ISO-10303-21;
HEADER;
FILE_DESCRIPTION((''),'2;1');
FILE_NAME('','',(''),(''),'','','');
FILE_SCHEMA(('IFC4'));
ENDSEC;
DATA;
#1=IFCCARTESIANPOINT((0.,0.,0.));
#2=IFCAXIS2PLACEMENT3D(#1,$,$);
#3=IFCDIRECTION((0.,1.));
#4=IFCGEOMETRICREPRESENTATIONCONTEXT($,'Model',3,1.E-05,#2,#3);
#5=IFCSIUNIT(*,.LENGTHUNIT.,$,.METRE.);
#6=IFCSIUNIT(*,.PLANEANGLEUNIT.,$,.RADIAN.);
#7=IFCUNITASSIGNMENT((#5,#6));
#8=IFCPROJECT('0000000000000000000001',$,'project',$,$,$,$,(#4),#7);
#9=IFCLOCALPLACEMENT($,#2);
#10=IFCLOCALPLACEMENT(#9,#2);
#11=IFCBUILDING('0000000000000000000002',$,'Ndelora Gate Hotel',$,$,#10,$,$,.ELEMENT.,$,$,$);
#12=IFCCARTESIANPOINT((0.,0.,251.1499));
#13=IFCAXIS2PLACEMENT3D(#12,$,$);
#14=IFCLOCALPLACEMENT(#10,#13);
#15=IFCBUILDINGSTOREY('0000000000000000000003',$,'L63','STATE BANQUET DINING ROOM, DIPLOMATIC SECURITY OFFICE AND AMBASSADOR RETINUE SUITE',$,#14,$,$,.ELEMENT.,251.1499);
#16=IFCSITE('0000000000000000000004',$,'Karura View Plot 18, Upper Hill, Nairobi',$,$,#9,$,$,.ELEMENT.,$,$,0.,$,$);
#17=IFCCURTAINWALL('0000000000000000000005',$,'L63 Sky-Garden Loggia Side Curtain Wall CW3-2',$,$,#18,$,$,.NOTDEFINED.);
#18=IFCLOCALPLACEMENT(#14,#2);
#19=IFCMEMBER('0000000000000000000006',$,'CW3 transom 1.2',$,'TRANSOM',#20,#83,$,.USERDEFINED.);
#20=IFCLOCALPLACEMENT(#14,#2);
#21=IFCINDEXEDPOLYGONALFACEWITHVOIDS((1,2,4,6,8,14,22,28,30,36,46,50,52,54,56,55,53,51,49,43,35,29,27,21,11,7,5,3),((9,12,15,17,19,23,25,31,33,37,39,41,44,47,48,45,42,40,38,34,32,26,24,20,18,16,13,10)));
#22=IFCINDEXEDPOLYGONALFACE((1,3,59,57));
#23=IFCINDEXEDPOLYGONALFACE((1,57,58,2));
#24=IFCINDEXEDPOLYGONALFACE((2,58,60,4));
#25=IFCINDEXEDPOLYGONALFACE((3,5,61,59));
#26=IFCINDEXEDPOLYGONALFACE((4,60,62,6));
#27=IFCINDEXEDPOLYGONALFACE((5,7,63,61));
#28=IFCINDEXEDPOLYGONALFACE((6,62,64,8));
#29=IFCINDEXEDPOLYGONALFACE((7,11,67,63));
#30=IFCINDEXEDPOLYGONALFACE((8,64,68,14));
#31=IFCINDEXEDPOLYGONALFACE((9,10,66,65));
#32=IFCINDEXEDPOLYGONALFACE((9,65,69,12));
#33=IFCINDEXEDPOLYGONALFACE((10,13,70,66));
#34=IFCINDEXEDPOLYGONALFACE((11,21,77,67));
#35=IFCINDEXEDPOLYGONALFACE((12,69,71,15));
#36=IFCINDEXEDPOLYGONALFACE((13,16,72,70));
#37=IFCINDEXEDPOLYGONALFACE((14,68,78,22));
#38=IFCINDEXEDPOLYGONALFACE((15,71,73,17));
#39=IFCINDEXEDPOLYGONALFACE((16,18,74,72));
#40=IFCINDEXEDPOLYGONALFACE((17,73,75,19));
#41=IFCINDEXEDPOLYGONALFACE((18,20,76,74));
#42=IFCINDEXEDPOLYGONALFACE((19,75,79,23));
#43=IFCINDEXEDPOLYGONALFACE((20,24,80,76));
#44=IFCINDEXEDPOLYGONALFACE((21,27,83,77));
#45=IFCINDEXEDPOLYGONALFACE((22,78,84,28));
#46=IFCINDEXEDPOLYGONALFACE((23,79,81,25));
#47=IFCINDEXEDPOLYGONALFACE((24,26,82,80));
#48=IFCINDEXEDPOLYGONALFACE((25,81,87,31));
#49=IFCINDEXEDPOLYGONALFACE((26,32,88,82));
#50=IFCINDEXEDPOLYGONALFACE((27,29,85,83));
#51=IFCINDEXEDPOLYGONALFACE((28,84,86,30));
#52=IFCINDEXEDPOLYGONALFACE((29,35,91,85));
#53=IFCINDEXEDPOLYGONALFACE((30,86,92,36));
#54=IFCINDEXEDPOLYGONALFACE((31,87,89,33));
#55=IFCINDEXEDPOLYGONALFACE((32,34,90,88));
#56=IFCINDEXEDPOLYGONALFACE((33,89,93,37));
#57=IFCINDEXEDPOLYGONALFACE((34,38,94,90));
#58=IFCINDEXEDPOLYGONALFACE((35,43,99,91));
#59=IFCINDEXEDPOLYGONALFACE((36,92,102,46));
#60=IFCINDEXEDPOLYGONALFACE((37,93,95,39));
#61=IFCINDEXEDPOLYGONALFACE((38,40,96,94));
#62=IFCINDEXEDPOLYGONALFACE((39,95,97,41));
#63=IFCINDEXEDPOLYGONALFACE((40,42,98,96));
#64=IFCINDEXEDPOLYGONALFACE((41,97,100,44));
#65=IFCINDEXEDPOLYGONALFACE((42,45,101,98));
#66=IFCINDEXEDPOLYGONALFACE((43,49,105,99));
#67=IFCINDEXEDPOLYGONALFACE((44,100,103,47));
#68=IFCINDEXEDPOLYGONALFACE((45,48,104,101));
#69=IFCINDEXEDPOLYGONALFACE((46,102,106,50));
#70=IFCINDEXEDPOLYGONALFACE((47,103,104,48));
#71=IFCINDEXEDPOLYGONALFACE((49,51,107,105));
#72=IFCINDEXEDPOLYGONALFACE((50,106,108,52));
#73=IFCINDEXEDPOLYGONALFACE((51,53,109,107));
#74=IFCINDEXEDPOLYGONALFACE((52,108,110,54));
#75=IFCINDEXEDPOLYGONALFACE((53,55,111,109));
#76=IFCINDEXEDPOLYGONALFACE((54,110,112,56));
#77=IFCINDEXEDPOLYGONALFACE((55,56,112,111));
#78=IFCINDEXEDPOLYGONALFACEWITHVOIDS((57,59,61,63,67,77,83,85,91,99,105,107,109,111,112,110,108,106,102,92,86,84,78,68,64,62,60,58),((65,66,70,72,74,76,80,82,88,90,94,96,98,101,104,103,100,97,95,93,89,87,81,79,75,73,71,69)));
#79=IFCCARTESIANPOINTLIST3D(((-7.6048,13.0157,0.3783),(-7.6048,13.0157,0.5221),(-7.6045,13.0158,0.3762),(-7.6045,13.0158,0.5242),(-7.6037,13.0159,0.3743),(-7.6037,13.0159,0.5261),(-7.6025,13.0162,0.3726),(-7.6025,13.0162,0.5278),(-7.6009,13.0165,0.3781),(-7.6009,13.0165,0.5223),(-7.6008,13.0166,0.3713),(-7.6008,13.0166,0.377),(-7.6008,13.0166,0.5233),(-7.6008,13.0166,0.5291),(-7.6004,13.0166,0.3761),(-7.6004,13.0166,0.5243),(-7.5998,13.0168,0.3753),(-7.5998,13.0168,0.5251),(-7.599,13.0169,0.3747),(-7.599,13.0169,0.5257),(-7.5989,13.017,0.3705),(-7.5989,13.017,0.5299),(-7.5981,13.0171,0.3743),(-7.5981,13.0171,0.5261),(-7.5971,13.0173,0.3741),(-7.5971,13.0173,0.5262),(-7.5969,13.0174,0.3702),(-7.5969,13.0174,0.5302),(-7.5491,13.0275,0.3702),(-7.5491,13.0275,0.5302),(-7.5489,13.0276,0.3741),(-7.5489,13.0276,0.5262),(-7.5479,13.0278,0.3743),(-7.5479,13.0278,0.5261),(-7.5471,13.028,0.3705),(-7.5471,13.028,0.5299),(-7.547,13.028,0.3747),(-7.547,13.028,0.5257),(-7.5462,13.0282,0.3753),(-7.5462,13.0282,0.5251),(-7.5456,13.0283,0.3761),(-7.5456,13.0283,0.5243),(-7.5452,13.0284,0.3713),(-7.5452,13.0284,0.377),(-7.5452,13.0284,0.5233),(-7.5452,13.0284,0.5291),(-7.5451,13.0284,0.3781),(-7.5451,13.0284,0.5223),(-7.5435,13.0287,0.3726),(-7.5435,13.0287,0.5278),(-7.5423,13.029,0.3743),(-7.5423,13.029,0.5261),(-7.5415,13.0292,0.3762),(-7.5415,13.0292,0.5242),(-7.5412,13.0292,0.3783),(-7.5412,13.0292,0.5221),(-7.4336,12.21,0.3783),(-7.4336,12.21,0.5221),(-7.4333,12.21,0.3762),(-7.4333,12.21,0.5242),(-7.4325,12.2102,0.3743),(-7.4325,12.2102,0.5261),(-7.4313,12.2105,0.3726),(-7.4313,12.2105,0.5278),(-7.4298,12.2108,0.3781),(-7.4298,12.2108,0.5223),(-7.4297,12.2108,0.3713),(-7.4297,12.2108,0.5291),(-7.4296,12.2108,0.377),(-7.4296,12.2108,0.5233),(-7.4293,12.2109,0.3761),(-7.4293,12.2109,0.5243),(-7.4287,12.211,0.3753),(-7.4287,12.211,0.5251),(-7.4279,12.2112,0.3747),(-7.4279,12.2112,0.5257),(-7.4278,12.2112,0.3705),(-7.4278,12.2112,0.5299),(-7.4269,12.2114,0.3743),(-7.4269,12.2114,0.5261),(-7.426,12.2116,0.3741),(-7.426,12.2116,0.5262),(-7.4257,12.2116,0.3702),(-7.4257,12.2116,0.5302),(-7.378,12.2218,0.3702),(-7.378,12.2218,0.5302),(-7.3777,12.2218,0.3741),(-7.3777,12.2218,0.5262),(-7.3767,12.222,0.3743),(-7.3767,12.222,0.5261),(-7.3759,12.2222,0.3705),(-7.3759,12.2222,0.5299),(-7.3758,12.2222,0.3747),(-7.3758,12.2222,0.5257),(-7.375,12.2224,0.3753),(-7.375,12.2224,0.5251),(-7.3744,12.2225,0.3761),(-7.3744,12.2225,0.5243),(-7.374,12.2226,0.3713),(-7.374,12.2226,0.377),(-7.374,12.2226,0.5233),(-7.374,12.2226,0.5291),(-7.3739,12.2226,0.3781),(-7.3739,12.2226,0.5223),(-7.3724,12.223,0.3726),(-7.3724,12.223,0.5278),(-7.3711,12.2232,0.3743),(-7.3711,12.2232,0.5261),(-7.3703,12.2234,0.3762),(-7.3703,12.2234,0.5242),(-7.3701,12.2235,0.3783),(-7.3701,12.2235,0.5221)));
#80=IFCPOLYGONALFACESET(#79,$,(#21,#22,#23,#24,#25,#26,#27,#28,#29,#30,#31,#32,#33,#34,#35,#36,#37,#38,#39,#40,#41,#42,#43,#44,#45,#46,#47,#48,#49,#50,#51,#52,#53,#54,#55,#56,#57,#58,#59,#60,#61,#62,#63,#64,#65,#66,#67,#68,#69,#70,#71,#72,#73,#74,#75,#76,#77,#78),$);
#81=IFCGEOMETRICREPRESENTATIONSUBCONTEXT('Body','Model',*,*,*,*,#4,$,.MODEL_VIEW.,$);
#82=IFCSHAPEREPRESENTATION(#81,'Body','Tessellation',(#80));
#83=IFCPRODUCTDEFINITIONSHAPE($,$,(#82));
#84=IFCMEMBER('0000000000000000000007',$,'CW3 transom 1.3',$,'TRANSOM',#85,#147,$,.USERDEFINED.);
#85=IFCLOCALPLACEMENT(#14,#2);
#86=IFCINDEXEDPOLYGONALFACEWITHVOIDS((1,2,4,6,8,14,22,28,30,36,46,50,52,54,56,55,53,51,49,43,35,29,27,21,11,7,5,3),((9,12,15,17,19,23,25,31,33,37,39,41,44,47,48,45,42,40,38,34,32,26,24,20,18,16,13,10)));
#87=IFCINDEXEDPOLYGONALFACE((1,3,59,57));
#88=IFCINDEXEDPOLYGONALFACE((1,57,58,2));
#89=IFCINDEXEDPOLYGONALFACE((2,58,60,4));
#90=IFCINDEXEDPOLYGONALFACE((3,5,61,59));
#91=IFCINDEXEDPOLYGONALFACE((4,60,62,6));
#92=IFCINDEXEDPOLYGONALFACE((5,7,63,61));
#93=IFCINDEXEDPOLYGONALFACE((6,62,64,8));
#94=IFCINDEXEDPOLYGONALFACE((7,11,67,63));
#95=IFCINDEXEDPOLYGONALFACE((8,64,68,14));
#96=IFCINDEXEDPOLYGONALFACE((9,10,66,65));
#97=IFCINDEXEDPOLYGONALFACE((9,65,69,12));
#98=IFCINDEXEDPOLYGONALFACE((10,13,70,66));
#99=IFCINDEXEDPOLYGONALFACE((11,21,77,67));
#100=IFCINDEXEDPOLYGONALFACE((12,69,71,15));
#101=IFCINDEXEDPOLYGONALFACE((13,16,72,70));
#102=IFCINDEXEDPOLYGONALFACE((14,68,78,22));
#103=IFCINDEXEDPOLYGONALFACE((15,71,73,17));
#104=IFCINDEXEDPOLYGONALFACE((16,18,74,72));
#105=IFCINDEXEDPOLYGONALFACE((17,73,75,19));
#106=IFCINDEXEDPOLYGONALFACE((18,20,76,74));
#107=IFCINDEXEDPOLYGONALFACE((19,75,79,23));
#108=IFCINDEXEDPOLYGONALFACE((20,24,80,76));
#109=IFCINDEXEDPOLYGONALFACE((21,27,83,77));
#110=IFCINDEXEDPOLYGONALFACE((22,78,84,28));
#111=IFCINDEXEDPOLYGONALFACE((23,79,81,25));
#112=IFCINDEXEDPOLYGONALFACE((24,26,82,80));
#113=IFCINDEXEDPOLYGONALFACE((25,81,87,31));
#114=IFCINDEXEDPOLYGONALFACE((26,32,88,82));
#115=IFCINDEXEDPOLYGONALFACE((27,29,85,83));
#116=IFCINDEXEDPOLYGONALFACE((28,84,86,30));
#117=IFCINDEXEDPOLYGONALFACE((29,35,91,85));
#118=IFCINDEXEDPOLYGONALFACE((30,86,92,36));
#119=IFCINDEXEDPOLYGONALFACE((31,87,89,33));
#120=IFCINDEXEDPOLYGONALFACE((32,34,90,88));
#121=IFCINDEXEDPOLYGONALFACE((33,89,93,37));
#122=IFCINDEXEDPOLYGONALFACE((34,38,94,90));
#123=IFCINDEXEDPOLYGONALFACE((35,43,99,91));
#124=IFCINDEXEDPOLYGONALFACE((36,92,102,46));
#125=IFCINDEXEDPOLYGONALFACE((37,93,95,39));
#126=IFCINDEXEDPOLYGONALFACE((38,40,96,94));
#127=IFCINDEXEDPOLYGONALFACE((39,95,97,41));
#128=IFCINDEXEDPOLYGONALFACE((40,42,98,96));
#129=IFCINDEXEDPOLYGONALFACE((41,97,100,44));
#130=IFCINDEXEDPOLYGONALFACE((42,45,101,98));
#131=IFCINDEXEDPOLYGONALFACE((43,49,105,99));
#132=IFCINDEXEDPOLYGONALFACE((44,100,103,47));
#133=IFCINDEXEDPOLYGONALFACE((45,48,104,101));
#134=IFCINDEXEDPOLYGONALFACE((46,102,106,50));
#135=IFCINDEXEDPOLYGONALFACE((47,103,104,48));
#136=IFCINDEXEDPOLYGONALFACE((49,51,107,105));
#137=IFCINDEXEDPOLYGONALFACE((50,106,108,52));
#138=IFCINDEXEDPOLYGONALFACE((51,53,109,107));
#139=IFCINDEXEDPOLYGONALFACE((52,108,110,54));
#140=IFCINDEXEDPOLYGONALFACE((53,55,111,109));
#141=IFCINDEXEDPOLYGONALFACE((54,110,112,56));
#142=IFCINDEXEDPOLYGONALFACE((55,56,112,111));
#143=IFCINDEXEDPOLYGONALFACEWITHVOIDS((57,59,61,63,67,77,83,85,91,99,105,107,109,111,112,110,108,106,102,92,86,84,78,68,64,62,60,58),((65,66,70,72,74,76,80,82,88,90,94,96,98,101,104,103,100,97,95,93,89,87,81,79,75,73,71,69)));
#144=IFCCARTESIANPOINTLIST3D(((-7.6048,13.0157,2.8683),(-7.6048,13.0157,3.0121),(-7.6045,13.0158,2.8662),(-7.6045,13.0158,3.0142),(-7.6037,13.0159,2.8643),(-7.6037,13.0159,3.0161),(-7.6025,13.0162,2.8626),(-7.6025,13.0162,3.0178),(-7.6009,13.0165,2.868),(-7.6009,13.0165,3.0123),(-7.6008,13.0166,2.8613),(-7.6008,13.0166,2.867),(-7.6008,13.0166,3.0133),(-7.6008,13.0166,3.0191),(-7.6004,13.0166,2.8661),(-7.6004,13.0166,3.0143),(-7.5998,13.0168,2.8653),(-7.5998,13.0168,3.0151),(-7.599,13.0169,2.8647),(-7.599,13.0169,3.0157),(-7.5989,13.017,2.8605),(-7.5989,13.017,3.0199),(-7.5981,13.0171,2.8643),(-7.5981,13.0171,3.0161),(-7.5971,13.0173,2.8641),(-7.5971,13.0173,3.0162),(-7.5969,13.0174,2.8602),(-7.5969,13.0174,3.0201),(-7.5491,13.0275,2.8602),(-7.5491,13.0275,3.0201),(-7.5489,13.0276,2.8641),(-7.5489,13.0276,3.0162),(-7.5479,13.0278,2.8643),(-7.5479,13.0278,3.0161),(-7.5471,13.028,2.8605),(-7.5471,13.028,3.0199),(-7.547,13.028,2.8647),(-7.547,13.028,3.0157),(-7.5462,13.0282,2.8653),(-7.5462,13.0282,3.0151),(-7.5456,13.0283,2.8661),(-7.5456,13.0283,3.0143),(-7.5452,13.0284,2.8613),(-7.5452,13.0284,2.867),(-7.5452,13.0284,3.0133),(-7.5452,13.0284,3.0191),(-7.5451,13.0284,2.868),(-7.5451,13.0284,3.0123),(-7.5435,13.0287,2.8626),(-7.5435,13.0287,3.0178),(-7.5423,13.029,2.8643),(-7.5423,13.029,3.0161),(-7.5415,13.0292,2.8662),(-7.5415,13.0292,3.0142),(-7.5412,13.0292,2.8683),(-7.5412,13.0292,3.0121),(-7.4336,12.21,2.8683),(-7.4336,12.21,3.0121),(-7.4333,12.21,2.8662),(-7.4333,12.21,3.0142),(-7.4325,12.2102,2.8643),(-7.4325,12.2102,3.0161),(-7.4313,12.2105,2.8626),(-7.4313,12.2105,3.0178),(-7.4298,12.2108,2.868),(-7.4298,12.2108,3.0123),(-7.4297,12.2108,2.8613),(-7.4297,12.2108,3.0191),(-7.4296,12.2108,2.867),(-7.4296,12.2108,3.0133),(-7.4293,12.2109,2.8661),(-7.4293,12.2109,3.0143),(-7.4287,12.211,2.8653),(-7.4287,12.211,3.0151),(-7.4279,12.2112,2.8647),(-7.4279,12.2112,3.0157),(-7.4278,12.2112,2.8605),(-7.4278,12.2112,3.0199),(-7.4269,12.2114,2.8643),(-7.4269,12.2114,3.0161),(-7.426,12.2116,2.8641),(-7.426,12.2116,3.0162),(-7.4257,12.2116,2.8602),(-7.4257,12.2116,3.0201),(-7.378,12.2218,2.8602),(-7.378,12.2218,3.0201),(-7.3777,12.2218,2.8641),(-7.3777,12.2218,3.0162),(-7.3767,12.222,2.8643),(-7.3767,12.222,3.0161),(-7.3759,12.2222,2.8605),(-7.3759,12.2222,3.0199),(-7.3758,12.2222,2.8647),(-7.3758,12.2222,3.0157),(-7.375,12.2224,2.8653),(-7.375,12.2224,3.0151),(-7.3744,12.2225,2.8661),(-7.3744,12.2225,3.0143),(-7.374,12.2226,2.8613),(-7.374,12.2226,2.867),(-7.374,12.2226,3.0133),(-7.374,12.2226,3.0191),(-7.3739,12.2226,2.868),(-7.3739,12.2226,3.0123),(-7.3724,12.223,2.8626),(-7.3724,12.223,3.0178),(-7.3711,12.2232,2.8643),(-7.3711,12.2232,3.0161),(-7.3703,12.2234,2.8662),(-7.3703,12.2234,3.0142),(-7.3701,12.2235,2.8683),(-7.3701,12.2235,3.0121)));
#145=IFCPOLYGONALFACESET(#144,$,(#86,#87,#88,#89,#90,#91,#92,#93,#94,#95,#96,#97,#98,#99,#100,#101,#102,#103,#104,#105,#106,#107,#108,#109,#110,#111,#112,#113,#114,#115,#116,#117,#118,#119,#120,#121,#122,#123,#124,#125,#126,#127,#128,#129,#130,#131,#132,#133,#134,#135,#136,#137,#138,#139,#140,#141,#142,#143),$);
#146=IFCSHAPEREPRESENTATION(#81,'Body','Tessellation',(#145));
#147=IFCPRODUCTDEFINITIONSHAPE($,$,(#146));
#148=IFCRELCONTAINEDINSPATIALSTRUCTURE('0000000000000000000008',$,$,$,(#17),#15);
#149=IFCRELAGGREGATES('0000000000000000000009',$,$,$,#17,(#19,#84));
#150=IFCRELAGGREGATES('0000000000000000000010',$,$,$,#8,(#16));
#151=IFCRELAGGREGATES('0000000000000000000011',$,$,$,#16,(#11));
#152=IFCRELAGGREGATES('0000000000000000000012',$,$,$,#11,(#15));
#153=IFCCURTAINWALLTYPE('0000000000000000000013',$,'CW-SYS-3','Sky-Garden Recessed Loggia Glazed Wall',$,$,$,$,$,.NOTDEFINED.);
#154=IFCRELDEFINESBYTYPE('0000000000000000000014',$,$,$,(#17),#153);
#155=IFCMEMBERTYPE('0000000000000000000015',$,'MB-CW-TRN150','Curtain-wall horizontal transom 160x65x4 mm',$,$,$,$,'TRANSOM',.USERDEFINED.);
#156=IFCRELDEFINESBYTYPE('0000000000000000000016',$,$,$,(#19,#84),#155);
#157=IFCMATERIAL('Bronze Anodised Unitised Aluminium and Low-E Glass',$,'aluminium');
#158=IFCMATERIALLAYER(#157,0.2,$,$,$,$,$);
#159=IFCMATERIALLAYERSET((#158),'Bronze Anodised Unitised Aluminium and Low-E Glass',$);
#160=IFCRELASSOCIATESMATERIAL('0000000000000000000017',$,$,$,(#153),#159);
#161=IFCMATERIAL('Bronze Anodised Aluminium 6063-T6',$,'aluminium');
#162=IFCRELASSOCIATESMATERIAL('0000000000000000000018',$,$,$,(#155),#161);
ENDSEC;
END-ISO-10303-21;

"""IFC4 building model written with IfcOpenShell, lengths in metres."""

from ifc_helpers import new_model, si_unit, direction, frame, origin, origin_2d, place, context, subcontext, project, spatial, hollow_rectangle, extrude, material, layer, layer_set, material_profile, profile_set, type_object, element, aggregate, save


model = new_model("IFC4")

# Units and contexts
model_context = context("Model", 3, precision=1e-05, world=origin(), true_north=direction((0.0, 1.0)))
body_context = subcontext(model_context, "Body", "Model", "MODEL_VIEW")
ifc_project = project(units=[si_unit("LENGTHUNIT", "METRE"), si_unit("PLANEANGLEUNIT", "RADIAN")], contexts=[model_context])

# Site, building, storey
site_placement = place(None, origin())
site = spatial("IfcSite", under=ifc_project, at=site_placement, Name="Karura View Plot 18, Upper Hill, Nairobi", CompositionType="ELEMENT", RefElevation=0.0)
building_placement = place(site_placement, origin())
building = spatial("IfcBuilding", under=site, at=building_placement, Name="Ndelora Gate Hotel", CompositionType="ELEMENT")
storey_placement = place(building_placement, frame((0.0, 0.0, 251.1499)))
storey = spatial("IfcBuildingStorey", under=building, at=storey_placement, Name="L63", Description="STATE BANQUET DINING ROOM, DIPLOMATIC SECURITY OFFICE AND AMBASSADOR RETINUE SUITE", CompositionType="ELEMENT", Elevation=251.1499)

# Curtain wall, members
ifc_material_1 = material(Name="Bronze Anodised Unitised Aluminium and Low-E Glass", Category="aluminium")
ifc_layer_1 = layer(ifc_material_1, 0.2)
ifc_layer_set_1 = layer_set([ifc_layer_1], Name="Bronze Anodised Unitised Aluminium and Low-E Glass")
curtain_wall_type = type_object("IfcCurtainWallType", Name="CW-SYS-3", Description="Sky-Garden Recessed Loggia Glazed Wall", PredefinedType="NOTDEFINED", material=ifc_layer_set_1)
curtain_wall_placement = place(storey_placement, origin())
curtain_wall = element("IfcCurtainWall", 1, at=curtain_wall_placement, inside=storey, type_object=curtain_wall_type, Name="L63 Sky-Garden Loggia Side Curtain Wall CW3-2", PredefinedType="NOTDEFINED")
ifc_material_2 = material(Name="Bronze Anodised Aluminium 6063-T6", Category="aluminium")
ifc_material_profile_1 = material_profile(ifc_material_2, hollow_rectangle(XDim=0.0649, YDim=0.1599, WallThickness=0.0039, InnerFilletRadius=0.0039, OuterFilletRadius=0.0081, at=origin_2d()), Name="ALU 160x65x4")
ifc_profile_set_1 = profile_set([ifc_material_profile_1], Name="Bronze Anodised Aluminium 6063-T6")
member_type_1 = type_object("IfcMemberType", Name="MB-CW-TRN150", Description="Curtain-wall horizontal transom 160x65x4 mm", ElementType="TRANSOM", PredefinedType="USERDEFINED", material=ifc_profile_set_1)
member_1_placement = place(storey_placement, frame((-7.573, 13.0225, 0.4502), z_axis=(0.207788, -0.978174, 0.0), x_axis=(0.978174, 0.207788, 0.0)))
member_1 = element("IfcMember", 2, at=member_1_placement, type_object=member_type_1, Name="CW3 transom 1.2", ObjectType="TRANSOM", PredefinedType="USERDEFINED", context=body_context, shape_type="SweptSolid", body=[
    extrude(hollow_rectangle(XDim=0.0649, YDim=0.1599, WallThickness=0.0039, InnerFilletRadius=0.0039, OuterFilletRadius=0.0081, at=origin_2d()), origin(), (0.0, 0.0, 1.0), 0.8237),
])
member_2_placement = place(storey_placement, frame((-7.573, 13.0225, 2.9402), z_axis=(0.207788, -0.978174, 0.0), x_axis=(0.978174, 0.207788, 0.0)))
member_2 = element("IfcMember", 3, at=member_2_placement, type_object=member_type_1, Name="CW3 transom 1.3", ObjectType="TRANSOM", PredefinedType="USERDEFINED", context=body_context, shape_type="SweptSolid", body=[
    extrude(hollow_rectangle(XDim=0.0649, YDim=0.1599, WallThickness=0.0039, InnerFilletRadius=0.0039, OuterFilletRadius=0.0081, at=origin_2d()), origin(), (0.0, 0.0, 1.0), 0.8237),
])
aggregate(curtain_wall, [member_1, member_2])

save(model, "model.ifc")
